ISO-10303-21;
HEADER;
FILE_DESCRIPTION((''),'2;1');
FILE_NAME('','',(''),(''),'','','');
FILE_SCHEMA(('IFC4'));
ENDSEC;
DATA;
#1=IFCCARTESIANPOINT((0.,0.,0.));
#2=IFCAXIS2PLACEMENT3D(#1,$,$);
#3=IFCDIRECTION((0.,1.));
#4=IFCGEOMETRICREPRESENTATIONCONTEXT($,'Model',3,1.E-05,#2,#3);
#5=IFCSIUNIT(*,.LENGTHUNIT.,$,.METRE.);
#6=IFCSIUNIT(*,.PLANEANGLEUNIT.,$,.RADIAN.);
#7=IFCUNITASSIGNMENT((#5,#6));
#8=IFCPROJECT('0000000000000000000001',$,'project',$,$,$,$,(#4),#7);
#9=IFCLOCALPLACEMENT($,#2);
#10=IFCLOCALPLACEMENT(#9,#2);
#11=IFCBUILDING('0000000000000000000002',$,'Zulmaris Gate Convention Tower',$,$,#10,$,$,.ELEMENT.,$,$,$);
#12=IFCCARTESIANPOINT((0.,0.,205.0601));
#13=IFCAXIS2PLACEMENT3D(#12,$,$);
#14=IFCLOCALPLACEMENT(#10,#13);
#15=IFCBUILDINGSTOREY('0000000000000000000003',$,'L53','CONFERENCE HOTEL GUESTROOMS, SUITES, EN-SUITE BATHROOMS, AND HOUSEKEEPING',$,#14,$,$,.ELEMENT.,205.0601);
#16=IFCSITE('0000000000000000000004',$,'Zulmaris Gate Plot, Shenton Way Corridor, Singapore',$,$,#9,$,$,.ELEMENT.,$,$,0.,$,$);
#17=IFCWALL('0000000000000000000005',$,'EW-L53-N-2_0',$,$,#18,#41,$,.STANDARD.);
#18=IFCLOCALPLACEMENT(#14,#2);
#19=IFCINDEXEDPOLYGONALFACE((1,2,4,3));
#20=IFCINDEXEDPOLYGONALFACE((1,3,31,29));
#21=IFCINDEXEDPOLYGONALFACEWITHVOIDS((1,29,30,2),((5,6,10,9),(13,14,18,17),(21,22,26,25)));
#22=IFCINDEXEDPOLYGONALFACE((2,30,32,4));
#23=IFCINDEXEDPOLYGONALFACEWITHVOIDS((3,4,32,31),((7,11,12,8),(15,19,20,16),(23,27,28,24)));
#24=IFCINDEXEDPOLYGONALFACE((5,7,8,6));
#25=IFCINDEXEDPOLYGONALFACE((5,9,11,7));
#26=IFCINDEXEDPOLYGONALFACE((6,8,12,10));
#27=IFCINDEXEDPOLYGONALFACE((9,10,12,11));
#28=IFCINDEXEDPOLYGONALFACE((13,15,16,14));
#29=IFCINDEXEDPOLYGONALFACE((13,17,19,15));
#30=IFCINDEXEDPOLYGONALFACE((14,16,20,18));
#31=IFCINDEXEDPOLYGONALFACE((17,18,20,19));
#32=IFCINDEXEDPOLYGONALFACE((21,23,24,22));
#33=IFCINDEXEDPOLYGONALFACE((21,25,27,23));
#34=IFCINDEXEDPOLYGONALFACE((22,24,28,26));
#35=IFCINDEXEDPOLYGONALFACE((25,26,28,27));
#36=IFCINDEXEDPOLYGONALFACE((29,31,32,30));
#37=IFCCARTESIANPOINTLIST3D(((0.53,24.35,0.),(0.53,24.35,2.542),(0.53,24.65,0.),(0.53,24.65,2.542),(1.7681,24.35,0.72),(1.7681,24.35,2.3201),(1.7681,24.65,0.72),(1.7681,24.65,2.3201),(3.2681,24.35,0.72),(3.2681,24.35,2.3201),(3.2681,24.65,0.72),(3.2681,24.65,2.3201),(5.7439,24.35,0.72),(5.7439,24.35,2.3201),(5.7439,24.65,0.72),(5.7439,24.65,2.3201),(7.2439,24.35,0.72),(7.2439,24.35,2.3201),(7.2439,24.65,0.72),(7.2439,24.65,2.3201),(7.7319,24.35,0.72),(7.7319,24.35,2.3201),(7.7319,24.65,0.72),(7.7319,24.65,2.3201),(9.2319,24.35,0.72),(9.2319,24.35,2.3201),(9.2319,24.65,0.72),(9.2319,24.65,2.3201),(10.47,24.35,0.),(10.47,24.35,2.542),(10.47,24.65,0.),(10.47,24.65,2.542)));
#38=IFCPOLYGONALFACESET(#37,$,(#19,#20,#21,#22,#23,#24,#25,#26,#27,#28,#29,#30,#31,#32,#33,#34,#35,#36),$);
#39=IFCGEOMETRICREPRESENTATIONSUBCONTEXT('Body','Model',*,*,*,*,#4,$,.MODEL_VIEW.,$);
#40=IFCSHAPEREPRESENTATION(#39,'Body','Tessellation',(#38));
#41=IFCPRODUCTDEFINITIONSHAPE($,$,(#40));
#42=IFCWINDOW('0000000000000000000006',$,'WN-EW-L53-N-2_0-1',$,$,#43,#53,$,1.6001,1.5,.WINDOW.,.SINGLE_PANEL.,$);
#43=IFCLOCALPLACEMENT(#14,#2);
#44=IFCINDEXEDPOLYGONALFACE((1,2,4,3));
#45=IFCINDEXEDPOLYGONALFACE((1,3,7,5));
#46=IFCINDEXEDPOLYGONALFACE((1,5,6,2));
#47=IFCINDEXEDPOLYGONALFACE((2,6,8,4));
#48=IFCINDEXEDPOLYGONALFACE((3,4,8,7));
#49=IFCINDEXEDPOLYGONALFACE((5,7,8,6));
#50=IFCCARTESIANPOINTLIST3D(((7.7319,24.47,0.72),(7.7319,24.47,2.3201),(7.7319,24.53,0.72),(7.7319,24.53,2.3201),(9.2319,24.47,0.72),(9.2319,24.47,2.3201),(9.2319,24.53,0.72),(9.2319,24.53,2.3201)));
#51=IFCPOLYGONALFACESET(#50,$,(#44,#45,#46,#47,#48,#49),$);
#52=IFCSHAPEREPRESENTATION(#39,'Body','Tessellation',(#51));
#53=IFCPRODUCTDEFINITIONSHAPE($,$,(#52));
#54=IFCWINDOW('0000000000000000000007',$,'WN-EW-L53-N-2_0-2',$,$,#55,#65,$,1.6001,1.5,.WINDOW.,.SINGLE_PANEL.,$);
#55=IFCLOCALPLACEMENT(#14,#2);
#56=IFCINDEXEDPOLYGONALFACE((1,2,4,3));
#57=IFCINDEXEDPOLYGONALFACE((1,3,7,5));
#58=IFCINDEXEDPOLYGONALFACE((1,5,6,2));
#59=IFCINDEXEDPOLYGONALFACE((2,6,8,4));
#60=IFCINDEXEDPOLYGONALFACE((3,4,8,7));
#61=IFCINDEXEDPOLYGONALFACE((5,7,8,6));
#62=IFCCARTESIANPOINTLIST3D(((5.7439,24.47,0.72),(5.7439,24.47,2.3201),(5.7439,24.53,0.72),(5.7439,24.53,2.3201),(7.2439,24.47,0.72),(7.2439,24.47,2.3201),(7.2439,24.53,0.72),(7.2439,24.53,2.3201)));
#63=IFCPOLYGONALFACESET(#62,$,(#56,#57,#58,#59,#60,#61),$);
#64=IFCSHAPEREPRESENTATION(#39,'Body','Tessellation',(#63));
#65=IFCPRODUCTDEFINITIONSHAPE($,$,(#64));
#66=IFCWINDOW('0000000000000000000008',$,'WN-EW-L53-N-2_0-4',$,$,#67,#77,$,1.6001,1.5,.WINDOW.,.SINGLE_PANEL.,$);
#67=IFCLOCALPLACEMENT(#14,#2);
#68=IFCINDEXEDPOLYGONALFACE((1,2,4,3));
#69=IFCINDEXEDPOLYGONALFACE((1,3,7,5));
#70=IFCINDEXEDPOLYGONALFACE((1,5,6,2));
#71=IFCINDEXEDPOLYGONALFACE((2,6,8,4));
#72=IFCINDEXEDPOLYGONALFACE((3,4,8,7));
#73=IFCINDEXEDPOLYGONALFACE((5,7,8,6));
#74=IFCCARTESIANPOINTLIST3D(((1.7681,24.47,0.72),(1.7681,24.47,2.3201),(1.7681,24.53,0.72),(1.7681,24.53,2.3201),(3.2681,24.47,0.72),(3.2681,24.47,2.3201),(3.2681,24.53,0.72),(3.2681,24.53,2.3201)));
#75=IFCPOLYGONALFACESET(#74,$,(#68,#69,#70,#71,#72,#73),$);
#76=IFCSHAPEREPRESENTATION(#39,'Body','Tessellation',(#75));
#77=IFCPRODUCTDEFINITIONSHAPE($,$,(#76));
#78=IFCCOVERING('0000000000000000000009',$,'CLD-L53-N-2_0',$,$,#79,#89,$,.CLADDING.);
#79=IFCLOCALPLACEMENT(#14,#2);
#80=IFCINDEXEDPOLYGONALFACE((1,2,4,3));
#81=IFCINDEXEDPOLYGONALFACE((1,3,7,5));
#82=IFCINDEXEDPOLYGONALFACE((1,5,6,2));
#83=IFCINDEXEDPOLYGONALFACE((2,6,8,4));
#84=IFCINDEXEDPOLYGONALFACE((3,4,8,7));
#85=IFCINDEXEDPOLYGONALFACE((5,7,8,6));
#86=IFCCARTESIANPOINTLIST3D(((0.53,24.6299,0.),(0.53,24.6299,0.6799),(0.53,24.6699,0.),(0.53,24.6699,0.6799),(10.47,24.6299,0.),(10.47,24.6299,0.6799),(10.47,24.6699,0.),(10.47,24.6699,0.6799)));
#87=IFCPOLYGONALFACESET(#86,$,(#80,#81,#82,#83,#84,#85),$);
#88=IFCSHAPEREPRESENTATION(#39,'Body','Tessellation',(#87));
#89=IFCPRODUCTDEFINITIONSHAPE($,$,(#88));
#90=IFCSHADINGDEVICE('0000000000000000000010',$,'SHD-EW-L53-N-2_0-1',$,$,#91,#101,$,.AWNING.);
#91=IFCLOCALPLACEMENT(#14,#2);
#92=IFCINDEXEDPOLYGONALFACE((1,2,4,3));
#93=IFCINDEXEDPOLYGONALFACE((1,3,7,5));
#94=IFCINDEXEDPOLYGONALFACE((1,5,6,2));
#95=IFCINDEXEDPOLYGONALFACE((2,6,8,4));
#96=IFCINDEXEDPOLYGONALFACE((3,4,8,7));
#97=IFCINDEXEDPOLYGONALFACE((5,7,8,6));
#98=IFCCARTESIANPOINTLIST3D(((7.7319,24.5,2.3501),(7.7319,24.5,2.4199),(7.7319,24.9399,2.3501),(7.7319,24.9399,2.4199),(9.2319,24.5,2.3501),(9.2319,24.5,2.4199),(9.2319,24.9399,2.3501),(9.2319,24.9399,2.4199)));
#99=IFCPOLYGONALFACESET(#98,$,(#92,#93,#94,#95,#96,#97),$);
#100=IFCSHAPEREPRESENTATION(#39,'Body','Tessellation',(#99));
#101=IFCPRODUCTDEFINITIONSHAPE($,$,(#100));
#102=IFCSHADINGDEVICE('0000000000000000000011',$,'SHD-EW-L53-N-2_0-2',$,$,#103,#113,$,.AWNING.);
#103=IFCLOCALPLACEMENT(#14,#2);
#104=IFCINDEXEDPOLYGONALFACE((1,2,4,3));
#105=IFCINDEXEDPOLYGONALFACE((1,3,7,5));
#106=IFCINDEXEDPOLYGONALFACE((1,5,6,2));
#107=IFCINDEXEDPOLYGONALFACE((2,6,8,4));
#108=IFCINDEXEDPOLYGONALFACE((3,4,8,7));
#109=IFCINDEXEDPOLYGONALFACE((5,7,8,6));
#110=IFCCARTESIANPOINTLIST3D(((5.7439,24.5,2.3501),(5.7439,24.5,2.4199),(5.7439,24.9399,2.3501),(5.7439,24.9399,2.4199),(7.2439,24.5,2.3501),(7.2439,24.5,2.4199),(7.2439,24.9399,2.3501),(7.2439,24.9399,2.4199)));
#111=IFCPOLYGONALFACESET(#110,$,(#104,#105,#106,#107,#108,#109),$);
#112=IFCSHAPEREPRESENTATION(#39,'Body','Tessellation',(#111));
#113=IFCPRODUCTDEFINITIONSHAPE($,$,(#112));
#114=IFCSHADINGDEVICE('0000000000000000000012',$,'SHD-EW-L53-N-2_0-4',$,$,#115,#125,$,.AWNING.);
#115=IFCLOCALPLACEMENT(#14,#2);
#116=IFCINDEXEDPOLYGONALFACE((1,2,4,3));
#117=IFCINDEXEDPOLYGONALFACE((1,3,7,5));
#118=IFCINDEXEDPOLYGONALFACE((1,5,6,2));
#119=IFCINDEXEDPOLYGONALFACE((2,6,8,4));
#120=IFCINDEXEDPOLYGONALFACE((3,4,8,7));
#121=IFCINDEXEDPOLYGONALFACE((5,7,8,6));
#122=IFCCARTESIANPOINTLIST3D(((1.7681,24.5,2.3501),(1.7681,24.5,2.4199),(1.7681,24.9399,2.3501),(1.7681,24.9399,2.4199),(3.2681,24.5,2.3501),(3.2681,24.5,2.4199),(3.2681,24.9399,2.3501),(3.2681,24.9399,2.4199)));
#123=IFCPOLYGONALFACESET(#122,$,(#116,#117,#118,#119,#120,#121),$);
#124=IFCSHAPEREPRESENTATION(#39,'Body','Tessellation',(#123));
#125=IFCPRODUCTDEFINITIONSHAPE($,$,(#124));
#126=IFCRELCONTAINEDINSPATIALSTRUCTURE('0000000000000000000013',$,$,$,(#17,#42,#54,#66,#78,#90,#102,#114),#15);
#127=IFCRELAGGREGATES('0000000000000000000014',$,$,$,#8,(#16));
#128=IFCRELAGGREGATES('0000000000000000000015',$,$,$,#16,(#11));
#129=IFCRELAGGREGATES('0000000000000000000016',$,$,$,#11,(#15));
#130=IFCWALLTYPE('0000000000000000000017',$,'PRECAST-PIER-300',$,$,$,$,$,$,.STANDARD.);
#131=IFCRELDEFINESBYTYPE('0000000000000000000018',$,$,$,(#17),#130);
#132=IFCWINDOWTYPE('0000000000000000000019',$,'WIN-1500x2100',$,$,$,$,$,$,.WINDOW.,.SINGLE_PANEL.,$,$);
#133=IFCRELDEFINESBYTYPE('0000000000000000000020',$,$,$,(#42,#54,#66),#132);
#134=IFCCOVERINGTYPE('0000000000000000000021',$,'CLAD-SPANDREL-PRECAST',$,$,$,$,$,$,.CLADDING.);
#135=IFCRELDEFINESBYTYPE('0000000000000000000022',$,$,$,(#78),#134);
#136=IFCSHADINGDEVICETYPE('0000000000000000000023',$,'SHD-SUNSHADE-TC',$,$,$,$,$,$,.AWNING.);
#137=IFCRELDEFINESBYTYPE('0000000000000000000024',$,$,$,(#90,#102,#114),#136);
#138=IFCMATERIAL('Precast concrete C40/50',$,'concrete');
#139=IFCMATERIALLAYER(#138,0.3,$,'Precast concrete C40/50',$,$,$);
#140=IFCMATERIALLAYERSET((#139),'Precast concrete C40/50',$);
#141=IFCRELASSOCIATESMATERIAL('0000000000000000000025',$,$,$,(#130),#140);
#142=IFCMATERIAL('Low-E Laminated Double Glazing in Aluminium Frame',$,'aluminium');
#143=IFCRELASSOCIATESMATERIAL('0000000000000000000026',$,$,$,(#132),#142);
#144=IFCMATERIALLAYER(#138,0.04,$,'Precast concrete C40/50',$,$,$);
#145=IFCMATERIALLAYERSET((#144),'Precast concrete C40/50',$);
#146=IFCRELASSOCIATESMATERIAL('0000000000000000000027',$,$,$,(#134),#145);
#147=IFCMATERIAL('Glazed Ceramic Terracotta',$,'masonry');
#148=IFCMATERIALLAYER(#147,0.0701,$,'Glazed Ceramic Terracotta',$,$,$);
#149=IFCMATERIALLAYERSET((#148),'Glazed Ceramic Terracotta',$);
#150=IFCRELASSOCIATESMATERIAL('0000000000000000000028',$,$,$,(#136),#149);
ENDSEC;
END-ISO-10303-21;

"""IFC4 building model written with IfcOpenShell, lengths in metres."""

from ifc_helpers import new_model, si_unit, direction, frame, frame_2d, origin, place, context, subcontext, project, spatial, rectangle, extrude, material, layer, layer_set, type_object, element, fill, save


model = new_model("IFC4")

# Units and contexts
model_context = context("Model", 3, precision=1e-05, world=origin(), true_north=direction((0.0, 1.0)))
body_context = subcontext(model_context, "Body", "Model", "MODEL_VIEW")
ifc_project = project(units=[si_unit("LENGTHUNIT", "METRE"), si_unit("PLANEANGLEUNIT", "RADIAN")], contexts=[model_context])

# Site, building, storey
site_placement = place(None, origin())
site = spatial("IfcSite", under=ifc_project, at=site_placement, Name="Zulmaris Gate Plot, Shenton Way Corridor, Singapore", CompositionType="ELEMENT", RefElevation=0.0)
building_placement = place(site_placement, origin())
building = spatial("IfcBuilding", under=site, at=building_placement, Name="Zulmaris Gate Convention Tower", CompositionType="ELEMENT")
storey_placement = place(building_placement, frame((0.0, 0.0, 205.0601)))
storey = spatial("IfcBuildingStorey", under=building, at=storey_placement, Name="L53", Description="CONFERENCE HOTEL GUESTROOMS, SUITES, EN-SUITE BATHROOMS, AND HOUSEKEEPING", CompositionType="ELEMENT", Elevation=205.0601)

# Wall, openings, windows
ifc_material_1 = material(Name="Precast concrete C40/50", Category="concrete")
ifc_layer_1 = layer(ifc_material_1, 0.3, Name="Precast concrete C40/50")
ifc_layer_set_1 = layer_set([ifc_layer_1], Name="Precast concrete C40/50")
wall_type_1 = type_object("IfcWallType", Name="PRECAST-PIER-300", PredefinedType="STANDARD", material=ifc_layer_set_1)
wall_1_placement = place(storey_placement, frame((10.47, 24.5, 0.0), z_axis=(0.0, 0.0, 1.0), x_axis=(-1.0, 0.0, 0.0)))
wall_1 = element("IfcWall", 1, at=wall_1_placement, inside=storey, type_object=wall_type_1, Name="EW-L53-N-2_0", PredefinedType="STANDARD", context=body_context, shape_type="SweptSolid", body=[
    extrude(rectangle(XDim=9.9399, YDim=0.3, at=frame_2d((4.97, 0.0))), origin(), (0.0, 0.0, 1.0), 2.542),
])
opening_1_placement = place(wall_1_placement, frame((1.238, 0.0, 0.72)))
opening_1 = element("IfcOpeningElement", 2, at=opening_1_placement, cuts=wall_1, PredefinedType="OPENING", context=body_context, shape_type="SweptSolid", body=[
    extrude(rectangle(XDim=1.5, YDim=1.6001, at=frame_2d((0.75, 0.8))), frame((0.0, 0.1602, 0.0), z_axis=(0.0, -1.0, 0.0), x_axis=(1.0, 0.0, 0.0)), (0.0, 0.0, 1.0), 0.3201),
])
opening_2_placement = place(wall_1_placement, frame((3.2261, 0.0, 0.72)))
opening_2 = element("IfcOpeningElement", 3, at=opening_2_placement, cuts=wall_1, PredefinedType="OPENING", context=body_context, shape_type="SweptSolid", body=[
    extrude(rectangle(XDim=1.5, YDim=1.6001, at=frame_2d((0.75, 0.8))), frame((0.0, 0.1602, 0.0), z_axis=(0.0, -1.0, 0.0), x_axis=(1.0, 0.0, 0.0)), (0.0, 0.0, 1.0), 0.3201),
])
opening_3_placement = place(wall_1_placement, frame((7.2019, 0.0, 0.72)))
opening_3 = element("IfcOpeningElement", 4, at=opening_3_placement, cuts=wall_1, PredefinedType="OPENING", context=body_context, shape_type="SweptSolid", body=[
    extrude(rectangle(XDim=1.5, YDim=1.6001, at=frame_2d((0.75, 0.8))), frame((0.0, 0.1602, 0.0), z_axis=(0.0, -1.0, 0.0), x_axis=(1.0, 0.0, 0.0)), (0.0, 0.0, 1.0), 0.3201),
])
ifc_material_2 = material(Name="Low-E Laminated Double Glazing in Aluminium Frame", Category="aluminium")
window_type = type_object("IfcWindowType", Name="WIN-1500x2100", PartitioningType="SINGLE_PANEL", PredefinedType="WINDOW", material=ifc_material_2)
window_1_placement = place(opening_1_placement, origin())
window_1 = element("IfcWindow", 5, at=window_1_placement, inside=storey, type_object=window_type, Name="WN-EW-L53-N-2_0-1", OverallHeight=1.6001, OverallWidth=1.5, PartitioningType="SINGLE_PANEL", PredefinedType="WINDOW", context=body_context, shape_type="SweptSolid", body=[
    extrude(rectangle(XDim=1.5, YDim=1.6001, at=frame_2d((0.75, 0.8))), frame((0.0, 0.03, 0.0), z_axis=(0.0, -1.0, 0.0), x_axis=(1.0, 0.0, 0.0)), (0.0, 0.0, 1.0), 0.0601),
])
fill(opening_1, window_1)
window_2_placement = place(opening_2_placement, origin())
window_2 = element("IfcWindow", 6, at=window_2_placement, inside=storey, type_object=window_type, Name="WN-EW-L53-N-2_0-2", OverallHeight=1.6001, OverallWidth=1.5, PartitioningType="SINGLE_PANEL", PredefinedType="WINDOW", context=body_context, shape_type="SweptSolid", body=[
    extrude(rectangle(XDim=1.5, YDim=1.6001, at=frame_2d((0.75, 0.8))), frame((0.0, 0.03, 0.0), z_axis=(0.0, -1.0, 0.0), x_axis=(1.0, 0.0, 0.0)), (0.0, 0.0, 1.0), 0.0601),
])
fill(opening_2, window_2)
window_3_placement = place(opening_3_placement, origin())
window_3 = element("IfcWindow", 7, at=window_3_placement, inside=storey, type_object=window_type, Name="WN-EW-L53-N-2_0-4", OverallHeight=1.6001, OverallWidth=1.5, PartitioningType="SINGLE_PANEL", PredefinedType="WINDOW", context=body_context, shape_type="SweptSolid", body=[
    extrude(rectangle(XDim=1.5, YDim=1.6001, at=frame_2d((0.75, 0.8))), frame((0.0, 0.03, 0.0), z_axis=(0.0, -1.0, 0.0), x_axis=(1.0, 0.0, 0.0)), (0.0, 0.0, 1.0), 0.0601),
])
fill(opening_3, window_3)

# Covering
ifc_layer_2 = layer(ifc_material_1, 0.04, Name="Precast concrete C40/50")
ifc_layer_set_2 = layer_set([ifc_layer_2], Name="Precast concrete C40/50")
covering_type = type_object("IfcCoveringType", Name="CLAD-SPANDREL-PRECAST", PredefinedType="CLADDING", material=ifc_layer_set_2)
covering_placement = place(storey_placement, frame((10.47, 24.6499, 0.0), z_axis=(0.0, 0.0, 1.0), x_axis=(-1.0, 0.0, 0.0)))
element("IfcCovering", 8, at=covering_placement, inside=storey, type_object=covering_type, Name="CLD-L53-N-2_0", PredefinedType="CLADDING", context=body_context, shape_type="SweptSolid", body=[
    extrude(rectangle(XDim=9.9399, YDim=0.04, at=frame_2d((4.97, 0.0))), origin(), (0.0, 0.0, 1.0), 0.6799),
])

# Shading devices
ifc_material_3 = material(Name="Glazed Ceramic Terracotta", Category="masonry")
ifc_layer_3 = layer(ifc_material_3, 0.0701, Name="Glazed Ceramic Terracotta")
ifc_layer_set_3 = layer_set([ifc_layer_3], Name="Glazed Ceramic Terracotta")
shading_device_type = type_object("IfcShadingDeviceType", Name="SHD-SUNSHADE-TC", PredefinedType="AWNING", material=ifc_layer_set_3)
for number, where, z_axis, x_axis, name in (
    (9, (9.2319, 24.72, 2.3501), (0.0, 0.0, 1.0), (-1.0, 0.0, 0.0), "SHD-EW-L53-N-2_0-1"),
    (10, (7.2439, 24.72, 2.3501), (0.0, 0.0, 1.0), (-1.0, 0.0, 0.0), "SHD-EW-L53-N-2_0-2"),
    (11, (3.2681, 24.72, 2.3501), (0.0, 0.0, 1.0), (-1.0, 0.0, 0.0), "SHD-EW-L53-N-2_0-4"),
):
    element("IfcShadingDevice", number, at=place(storey_placement, frame(where, z_axis=z_axis, x_axis=x_axis)), inside=storey, type_object=shading_device_type, Name=name, PredefinedType="AWNING", context=body_context, shape_type="SweptSolid", body=[
        extrude(rectangle(XDim=1.5, YDim=0.4399, at=frame_2d((0.75, 0.0))), origin(), (0.0, 0.0, 1.0), 0.0698),
    ])

save(model, "model.ifc")
